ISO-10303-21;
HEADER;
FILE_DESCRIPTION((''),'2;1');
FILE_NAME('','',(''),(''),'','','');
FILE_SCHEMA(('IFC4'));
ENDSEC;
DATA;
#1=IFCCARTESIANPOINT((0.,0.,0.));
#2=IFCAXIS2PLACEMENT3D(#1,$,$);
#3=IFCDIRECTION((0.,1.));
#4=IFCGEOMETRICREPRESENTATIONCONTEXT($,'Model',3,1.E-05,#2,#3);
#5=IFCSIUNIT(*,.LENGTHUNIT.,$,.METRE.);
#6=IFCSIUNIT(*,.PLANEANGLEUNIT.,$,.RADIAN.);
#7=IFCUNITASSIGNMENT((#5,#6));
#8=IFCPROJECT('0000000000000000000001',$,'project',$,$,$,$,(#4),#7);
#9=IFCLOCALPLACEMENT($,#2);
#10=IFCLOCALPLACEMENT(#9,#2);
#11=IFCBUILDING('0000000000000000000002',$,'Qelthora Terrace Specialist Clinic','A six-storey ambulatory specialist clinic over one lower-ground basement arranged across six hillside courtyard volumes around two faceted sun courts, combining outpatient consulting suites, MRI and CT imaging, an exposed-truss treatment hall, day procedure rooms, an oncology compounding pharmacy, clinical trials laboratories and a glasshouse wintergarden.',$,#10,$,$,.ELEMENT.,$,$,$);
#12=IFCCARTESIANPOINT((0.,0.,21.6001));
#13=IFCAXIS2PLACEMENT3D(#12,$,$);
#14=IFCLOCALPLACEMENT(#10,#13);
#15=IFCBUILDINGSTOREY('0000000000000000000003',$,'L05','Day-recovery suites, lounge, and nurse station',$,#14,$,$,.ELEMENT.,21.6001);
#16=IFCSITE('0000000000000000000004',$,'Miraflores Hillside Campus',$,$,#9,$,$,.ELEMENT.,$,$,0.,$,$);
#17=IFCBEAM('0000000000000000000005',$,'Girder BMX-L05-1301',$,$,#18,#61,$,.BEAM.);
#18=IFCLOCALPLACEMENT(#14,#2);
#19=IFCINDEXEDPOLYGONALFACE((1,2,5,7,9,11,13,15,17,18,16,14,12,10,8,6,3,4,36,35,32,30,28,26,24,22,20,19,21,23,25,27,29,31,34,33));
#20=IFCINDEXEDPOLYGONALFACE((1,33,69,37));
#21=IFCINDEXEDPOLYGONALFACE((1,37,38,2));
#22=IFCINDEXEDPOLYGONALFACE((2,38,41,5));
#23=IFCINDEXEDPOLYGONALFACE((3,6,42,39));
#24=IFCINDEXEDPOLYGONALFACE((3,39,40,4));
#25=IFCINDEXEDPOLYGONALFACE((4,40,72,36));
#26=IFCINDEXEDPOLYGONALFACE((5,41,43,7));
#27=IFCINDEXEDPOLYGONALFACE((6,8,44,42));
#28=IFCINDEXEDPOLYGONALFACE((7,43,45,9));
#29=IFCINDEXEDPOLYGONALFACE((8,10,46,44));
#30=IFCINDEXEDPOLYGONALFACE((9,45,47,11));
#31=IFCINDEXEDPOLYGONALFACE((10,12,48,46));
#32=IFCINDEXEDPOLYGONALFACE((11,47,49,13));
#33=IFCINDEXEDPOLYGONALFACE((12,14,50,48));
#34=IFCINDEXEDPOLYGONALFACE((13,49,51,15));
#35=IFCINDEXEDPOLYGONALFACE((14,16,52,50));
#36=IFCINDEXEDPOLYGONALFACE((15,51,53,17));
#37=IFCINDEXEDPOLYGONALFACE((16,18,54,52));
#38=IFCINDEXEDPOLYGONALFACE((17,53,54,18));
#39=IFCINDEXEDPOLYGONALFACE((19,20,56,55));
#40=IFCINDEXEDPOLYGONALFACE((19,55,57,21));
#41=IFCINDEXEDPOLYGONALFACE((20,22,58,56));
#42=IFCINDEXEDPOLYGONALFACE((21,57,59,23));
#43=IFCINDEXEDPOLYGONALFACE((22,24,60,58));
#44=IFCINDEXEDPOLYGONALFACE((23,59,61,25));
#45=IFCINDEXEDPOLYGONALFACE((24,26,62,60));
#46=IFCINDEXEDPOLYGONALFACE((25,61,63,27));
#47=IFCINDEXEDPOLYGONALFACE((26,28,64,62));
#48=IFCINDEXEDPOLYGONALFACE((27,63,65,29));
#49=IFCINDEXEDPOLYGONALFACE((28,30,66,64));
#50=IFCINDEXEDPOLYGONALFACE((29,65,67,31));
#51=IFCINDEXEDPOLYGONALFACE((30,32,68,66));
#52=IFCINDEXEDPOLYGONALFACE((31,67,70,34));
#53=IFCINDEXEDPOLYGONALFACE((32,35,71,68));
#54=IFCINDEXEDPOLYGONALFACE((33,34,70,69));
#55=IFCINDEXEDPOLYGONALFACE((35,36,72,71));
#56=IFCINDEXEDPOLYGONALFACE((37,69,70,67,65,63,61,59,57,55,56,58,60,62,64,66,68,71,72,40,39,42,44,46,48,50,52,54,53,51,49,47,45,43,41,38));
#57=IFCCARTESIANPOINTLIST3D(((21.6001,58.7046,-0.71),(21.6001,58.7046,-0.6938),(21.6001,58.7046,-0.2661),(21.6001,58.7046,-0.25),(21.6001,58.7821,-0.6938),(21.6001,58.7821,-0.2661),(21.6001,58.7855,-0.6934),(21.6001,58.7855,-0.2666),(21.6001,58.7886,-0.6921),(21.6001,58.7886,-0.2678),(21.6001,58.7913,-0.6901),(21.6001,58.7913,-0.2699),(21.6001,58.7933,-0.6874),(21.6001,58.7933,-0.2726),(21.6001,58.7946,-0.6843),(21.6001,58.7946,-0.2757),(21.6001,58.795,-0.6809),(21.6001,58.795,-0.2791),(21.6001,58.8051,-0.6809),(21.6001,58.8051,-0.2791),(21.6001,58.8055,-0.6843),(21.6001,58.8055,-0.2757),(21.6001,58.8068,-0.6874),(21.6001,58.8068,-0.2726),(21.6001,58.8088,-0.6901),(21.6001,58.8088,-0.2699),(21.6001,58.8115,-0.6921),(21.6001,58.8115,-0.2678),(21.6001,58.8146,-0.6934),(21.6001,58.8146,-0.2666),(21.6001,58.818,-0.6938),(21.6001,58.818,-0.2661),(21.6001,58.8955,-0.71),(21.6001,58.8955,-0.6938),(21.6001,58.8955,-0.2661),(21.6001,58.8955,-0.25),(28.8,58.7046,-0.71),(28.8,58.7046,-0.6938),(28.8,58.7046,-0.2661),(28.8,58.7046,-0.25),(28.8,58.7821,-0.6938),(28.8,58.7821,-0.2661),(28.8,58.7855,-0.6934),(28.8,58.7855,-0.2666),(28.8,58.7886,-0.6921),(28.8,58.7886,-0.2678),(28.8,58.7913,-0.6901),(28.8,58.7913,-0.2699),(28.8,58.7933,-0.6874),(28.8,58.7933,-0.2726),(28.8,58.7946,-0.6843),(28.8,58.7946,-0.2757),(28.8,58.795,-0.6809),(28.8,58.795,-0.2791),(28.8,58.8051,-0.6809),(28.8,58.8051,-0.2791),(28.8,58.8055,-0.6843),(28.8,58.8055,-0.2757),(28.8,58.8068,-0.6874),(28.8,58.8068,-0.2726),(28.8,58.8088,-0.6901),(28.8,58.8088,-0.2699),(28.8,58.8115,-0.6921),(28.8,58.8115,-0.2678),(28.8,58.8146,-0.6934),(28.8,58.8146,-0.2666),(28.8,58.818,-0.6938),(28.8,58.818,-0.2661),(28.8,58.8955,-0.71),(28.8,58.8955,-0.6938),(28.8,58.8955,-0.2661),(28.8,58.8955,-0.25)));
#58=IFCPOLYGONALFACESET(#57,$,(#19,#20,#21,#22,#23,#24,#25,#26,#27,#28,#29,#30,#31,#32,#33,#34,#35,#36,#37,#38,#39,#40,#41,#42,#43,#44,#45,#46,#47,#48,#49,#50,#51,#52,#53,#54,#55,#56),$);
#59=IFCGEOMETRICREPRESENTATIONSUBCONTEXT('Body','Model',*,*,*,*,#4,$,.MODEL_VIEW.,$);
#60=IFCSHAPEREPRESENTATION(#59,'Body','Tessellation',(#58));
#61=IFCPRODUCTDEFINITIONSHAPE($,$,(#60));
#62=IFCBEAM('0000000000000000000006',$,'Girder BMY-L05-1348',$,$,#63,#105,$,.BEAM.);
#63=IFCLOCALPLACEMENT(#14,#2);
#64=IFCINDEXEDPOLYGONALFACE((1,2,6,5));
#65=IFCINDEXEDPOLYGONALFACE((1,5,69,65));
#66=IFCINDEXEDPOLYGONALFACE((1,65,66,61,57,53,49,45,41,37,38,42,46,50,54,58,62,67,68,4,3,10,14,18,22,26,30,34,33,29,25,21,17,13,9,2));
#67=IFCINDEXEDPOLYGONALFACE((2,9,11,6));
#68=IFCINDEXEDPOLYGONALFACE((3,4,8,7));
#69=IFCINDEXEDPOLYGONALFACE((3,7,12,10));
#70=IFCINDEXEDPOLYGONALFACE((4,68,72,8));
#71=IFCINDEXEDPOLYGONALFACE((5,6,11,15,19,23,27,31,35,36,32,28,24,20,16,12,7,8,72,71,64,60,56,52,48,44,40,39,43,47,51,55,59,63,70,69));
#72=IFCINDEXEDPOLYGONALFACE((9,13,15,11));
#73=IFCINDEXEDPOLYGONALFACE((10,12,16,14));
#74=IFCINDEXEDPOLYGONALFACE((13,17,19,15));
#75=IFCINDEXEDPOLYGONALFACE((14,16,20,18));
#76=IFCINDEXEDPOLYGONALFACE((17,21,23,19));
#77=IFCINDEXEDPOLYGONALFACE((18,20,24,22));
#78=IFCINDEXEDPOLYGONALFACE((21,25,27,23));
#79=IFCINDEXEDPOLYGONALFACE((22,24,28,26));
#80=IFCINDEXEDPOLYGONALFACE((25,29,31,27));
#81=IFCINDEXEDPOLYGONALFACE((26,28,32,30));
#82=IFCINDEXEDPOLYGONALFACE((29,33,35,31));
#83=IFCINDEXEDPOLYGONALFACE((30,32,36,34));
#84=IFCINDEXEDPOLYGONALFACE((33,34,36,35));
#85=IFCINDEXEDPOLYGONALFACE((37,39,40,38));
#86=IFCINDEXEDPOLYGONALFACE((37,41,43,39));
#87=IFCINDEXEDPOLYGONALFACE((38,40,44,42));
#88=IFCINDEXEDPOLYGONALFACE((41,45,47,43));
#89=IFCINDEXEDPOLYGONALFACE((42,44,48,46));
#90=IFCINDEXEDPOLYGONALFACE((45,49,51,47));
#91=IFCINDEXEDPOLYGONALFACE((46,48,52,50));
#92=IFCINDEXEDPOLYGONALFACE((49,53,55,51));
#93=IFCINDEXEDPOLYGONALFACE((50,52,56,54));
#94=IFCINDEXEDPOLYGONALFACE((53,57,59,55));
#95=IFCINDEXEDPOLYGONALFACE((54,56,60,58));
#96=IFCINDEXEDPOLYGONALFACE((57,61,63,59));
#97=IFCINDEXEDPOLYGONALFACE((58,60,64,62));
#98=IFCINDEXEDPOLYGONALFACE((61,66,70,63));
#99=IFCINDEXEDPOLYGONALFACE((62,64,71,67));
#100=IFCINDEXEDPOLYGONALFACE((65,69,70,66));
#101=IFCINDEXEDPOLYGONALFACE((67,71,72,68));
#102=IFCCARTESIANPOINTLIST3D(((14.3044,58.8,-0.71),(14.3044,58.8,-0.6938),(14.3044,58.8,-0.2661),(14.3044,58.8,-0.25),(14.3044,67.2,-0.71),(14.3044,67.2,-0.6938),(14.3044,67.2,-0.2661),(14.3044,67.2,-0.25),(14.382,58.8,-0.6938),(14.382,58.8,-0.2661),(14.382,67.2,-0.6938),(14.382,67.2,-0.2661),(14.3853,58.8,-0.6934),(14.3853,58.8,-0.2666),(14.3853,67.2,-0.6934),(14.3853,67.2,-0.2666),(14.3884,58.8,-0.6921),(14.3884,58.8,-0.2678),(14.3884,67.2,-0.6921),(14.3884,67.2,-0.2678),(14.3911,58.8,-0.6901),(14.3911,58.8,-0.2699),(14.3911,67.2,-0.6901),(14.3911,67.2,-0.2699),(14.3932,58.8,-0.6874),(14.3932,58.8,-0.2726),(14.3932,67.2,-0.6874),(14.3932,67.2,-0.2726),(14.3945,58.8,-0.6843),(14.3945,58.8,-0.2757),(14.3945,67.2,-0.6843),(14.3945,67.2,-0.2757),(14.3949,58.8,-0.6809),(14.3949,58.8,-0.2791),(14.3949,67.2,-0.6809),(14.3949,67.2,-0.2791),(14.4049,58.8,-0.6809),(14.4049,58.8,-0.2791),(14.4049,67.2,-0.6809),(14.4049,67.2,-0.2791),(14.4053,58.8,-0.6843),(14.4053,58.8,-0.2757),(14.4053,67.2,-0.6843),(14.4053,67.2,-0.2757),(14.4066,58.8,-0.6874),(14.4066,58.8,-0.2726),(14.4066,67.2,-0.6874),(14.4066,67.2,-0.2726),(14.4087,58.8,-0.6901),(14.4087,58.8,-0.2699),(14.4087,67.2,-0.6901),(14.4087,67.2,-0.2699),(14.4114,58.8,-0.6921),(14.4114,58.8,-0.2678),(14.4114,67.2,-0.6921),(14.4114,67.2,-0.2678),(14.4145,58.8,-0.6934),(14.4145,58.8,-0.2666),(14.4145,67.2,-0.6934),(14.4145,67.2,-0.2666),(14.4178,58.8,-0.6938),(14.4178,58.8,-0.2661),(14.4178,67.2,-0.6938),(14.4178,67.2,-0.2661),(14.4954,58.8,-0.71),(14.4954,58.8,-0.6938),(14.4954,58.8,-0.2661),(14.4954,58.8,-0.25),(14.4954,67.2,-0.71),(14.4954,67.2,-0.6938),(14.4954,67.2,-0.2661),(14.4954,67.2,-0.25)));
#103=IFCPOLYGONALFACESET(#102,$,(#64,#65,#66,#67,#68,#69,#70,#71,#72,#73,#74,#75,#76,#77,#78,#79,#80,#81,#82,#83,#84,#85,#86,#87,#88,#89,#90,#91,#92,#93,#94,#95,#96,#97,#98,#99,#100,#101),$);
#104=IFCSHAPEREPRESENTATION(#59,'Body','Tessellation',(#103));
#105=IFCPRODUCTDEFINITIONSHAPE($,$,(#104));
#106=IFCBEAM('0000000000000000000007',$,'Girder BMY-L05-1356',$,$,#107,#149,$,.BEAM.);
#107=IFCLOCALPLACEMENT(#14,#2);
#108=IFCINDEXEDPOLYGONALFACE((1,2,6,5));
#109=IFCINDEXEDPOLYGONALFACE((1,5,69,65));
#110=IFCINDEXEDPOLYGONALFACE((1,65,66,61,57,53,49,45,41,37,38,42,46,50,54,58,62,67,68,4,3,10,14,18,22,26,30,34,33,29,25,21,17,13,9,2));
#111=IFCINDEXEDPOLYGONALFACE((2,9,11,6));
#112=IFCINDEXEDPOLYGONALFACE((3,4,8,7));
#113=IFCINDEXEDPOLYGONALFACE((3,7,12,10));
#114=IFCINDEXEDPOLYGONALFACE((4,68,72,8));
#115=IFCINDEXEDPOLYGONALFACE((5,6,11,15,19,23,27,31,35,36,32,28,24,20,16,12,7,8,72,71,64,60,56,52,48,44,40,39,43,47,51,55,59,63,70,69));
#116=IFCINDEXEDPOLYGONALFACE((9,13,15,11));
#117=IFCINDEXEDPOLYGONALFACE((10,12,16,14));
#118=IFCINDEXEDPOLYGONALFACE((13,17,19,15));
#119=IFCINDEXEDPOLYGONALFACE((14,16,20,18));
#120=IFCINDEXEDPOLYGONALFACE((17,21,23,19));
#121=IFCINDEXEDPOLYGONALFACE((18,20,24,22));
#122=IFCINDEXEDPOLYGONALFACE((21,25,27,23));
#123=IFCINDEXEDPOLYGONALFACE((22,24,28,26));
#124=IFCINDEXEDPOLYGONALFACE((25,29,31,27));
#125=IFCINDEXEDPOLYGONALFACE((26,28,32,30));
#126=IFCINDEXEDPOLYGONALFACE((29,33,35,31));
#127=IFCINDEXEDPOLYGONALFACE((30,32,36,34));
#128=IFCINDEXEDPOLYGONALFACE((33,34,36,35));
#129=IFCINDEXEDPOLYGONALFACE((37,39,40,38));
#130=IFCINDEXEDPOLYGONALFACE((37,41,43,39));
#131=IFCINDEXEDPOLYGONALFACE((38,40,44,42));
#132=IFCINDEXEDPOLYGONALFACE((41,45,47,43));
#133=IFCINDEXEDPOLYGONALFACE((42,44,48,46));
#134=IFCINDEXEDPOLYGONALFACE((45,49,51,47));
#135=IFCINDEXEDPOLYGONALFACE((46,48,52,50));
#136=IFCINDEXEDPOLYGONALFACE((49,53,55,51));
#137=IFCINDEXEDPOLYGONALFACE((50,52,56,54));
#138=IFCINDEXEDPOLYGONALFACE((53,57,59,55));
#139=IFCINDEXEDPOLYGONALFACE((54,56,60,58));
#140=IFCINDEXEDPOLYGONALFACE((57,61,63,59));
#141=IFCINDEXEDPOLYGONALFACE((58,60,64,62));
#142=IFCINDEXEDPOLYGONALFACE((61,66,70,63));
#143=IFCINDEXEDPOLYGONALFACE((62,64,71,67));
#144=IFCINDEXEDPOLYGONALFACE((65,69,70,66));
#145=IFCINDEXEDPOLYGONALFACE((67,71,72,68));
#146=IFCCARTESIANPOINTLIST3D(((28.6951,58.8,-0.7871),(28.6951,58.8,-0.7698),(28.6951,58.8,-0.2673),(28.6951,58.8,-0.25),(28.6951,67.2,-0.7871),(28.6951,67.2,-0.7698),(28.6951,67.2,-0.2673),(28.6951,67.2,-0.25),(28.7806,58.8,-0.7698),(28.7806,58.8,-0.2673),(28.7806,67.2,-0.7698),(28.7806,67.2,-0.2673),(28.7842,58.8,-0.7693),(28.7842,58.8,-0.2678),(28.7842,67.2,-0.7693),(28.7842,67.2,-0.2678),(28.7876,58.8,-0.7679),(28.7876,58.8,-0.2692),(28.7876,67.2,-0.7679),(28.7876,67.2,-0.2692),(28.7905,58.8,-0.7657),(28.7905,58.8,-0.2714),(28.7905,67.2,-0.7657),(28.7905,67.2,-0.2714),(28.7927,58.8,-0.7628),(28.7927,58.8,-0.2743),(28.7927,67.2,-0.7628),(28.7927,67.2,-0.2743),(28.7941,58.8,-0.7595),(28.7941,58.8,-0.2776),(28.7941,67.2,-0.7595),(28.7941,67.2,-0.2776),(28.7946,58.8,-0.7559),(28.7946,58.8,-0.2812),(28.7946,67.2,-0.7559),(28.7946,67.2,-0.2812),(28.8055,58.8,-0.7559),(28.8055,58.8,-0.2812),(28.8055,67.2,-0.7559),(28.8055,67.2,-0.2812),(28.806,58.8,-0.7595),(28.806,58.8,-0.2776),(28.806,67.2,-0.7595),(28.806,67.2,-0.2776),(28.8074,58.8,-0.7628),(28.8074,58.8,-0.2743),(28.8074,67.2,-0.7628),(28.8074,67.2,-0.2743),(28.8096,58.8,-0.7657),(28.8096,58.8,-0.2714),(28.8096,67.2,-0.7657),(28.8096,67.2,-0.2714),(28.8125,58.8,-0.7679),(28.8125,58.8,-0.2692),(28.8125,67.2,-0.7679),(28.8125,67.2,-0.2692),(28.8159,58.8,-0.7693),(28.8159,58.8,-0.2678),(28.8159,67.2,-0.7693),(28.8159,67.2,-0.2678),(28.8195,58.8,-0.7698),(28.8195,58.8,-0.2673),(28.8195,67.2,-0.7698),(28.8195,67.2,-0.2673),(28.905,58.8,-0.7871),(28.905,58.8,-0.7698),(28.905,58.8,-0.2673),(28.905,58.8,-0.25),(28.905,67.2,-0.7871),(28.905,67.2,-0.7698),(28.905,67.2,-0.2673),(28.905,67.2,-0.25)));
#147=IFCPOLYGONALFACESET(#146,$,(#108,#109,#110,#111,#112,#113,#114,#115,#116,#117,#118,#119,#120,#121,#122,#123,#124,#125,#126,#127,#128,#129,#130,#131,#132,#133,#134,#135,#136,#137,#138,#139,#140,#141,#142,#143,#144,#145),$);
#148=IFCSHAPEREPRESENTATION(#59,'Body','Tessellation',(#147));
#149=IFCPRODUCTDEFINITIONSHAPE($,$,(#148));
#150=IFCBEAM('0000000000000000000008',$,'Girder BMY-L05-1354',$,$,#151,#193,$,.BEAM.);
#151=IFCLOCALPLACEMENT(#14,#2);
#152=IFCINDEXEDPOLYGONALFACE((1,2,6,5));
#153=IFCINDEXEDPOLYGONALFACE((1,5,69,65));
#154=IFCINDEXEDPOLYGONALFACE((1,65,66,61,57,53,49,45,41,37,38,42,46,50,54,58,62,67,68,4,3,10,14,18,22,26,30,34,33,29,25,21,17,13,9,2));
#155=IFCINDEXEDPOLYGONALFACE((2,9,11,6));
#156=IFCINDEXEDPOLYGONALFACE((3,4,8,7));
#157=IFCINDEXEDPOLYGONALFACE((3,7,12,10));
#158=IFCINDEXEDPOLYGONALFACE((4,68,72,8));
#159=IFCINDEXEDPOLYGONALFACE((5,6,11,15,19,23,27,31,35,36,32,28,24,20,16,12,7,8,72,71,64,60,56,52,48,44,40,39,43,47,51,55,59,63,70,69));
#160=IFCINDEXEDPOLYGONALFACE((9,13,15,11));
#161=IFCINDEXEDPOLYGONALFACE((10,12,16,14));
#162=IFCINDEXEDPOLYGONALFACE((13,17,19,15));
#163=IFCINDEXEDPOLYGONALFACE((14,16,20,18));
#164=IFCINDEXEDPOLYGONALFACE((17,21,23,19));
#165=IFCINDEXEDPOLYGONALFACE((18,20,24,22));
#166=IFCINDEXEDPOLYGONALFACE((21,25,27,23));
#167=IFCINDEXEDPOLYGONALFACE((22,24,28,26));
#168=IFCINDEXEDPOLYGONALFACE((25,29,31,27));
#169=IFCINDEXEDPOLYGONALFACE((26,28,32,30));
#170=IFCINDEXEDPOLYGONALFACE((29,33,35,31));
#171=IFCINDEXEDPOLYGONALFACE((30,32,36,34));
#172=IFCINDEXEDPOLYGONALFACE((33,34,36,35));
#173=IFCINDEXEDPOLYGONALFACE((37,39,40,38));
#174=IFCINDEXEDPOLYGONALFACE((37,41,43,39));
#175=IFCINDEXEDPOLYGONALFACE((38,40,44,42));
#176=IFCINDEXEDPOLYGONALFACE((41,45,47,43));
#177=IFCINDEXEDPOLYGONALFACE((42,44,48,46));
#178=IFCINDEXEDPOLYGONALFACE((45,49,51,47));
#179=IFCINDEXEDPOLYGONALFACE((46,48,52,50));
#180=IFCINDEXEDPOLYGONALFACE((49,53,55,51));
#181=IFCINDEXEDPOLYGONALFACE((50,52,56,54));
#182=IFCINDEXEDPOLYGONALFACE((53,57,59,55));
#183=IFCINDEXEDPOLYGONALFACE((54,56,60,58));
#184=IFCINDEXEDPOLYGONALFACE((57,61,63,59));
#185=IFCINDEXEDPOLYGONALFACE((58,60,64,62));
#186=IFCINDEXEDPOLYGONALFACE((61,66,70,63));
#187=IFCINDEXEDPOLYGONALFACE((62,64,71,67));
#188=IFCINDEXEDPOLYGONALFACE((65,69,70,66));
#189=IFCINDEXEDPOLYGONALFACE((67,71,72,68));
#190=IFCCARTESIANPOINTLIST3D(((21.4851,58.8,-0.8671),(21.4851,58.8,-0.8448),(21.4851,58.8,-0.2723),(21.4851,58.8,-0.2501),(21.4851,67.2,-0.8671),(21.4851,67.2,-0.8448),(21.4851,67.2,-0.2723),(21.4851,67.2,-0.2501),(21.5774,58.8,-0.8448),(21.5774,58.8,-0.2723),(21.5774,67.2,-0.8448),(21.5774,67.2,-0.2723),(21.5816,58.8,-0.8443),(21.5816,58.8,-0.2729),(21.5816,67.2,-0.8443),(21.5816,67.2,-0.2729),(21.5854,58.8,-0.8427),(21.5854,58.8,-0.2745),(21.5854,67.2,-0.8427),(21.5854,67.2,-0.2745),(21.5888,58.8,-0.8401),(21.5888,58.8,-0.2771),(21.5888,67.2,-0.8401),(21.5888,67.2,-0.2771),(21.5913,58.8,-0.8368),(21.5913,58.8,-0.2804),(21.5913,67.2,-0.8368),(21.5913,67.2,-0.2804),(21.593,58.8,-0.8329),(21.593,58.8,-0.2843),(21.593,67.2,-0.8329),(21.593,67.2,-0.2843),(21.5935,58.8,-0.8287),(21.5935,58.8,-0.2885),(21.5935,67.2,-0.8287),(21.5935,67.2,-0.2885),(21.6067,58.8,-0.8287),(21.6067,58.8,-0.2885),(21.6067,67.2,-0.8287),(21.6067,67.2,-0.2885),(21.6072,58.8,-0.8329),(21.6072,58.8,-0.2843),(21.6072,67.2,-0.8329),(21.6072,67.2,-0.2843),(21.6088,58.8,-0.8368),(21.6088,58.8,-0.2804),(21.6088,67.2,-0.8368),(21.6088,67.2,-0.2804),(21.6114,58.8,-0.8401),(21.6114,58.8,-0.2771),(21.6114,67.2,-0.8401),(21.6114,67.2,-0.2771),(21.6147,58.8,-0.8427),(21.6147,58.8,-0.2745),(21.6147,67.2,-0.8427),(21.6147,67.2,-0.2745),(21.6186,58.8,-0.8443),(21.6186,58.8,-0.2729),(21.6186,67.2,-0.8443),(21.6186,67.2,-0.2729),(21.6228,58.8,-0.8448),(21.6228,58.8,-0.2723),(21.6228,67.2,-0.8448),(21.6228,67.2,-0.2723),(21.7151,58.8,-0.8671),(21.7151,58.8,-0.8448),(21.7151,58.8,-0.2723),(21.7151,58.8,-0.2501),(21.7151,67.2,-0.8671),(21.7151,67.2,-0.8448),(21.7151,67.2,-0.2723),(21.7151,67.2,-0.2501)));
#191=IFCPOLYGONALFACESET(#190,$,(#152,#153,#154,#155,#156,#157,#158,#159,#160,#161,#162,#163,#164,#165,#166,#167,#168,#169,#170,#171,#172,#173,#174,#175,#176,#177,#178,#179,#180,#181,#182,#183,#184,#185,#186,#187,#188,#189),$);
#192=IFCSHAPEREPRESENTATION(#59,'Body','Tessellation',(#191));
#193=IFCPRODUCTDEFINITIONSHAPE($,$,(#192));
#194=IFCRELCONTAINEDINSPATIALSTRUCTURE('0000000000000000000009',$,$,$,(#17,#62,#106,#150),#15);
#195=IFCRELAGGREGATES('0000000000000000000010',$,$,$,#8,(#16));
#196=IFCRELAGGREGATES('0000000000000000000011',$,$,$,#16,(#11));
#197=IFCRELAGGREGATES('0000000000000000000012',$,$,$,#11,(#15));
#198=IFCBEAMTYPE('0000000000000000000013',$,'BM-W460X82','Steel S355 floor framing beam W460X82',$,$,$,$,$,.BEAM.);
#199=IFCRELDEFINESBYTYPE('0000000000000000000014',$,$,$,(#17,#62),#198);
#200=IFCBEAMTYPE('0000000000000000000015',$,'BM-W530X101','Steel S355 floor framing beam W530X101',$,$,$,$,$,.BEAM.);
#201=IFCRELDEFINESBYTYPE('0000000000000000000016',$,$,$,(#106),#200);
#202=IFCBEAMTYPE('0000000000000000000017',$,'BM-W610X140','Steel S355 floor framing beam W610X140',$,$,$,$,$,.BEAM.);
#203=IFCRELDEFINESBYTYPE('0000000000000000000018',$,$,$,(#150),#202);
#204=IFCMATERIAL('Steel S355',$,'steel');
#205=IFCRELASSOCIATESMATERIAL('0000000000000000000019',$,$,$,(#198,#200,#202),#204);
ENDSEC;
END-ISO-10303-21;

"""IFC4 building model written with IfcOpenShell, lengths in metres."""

from ifc_helpers import new_model, si_unit, direction, frame, origin, origin_2d, place, context, subcontext, project, spatial, i_section, extrude, material, material_profile, profile_set, type_object, element, save


model = new_model("IFC4")

# Units and contexts
model_context = context("Model", 3, precision=1e-05, world=origin(), true_north=direction((0.0, 1.0)))
body_context = subcontext(model_context, "Body", "Model", "MODEL_VIEW")
ifc_project = project(units=[si_unit("LENGTHUNIT", "METRE"), si_unit("PLANEANGLEUNIT", "RADIAN")], contexts=[model_context])

# Site, building, storey
site_placement = place(None, origin())
site = spatial("IfcSite", under=ifc_project, at=site_placement, Name="Miraflores Hillside Campus", CompositionType="ELEMENT", RefElevation=0.0)
building_placement = place(site_placement, origin())
building = spatial("IfcBuilding", under=site, at=building_placement, Name="Qelthora Terrace Specialist Clinic", Description="A six-storey ambulatory specialist clinic over one lower-ground basement arranged across six hillside courtyard volumes around two faceted sun courts, combining outpatient consulting suites, MRI and CT imaging, an exposed-truss treatment hall, day procedure rooms, an oncology compounding pharmacy, clinical trials laboratories and a glasshouse wintergarden.", CompositionType="ELEMENT")
storey_placement = place(building_placement, frame((0.0, 0.0, 21.6001)))
storey = spatial("IfcBuildingStorey", under=building, at=storey_placement, Name="L05", Description="Day-recovery suites, lounge, and nurse station", CompositionType="ELEMENT", Elevation=21.6001)

# Shared definitions
ifc_material_1 = material(Name="Steel S355", Category="steel")

# Beams
ifc_material_profile_1 = material_profile(ifc_material_1, i_section(OverallWidth=0.1909, OverallDepth=0.46, WebThickness=0.01, FlangeThickness=0.0161, FilletRadius=0.0129, at=origin_2d()), Name="W460X82")
ifc_profile_set_1 = profile_set([ifc_material_profile_1], Name="Steel S355")
beam_type_1 = type_object("IfcBeamType", Name="BM-W460X82", Description="Steel S355 floor framing beam W460X82", PredefinedType="BEAM", material=ifc_profile_set_1)
beam_1_placement = place(storey_placement, frame((21.6001, 58.8, -0.48), z_axis=(1.0, 0.0, 0.0), x_axis=(0.0, 1.0, 0.0)))
element("IfcBeam", 1, at=beam_1_placement, inside=storey, type_object=beam_type_1, Name="Girder BMX-L05-1301", PredefinedType="BEAM", context=body_context, shape_type="SweptSolid", body=[
    extrude(i_section(OverallWidth=0.1909, OverallDepth=0.46, WebThickness=0.01, FlangeThickness=0.0161, FilletRadius=0.0129, at=origin_2d()), origin(), (0.0, 0.0, 1.0), 7.2),
])
beam_2_placement = place(storey_placement, frame((14.3999, 58.8, -0.48), z_axis=(0.0, 1.0, 0.0), x_axis=(-1.0, 0.0, 0.0)))
element("IfcBeam", 2, at=beam_2_placement, inside=storey, type_object=beam_type_1, Name="Girder BMY-L05-1348", PredefinedType="BEAM", context=body_context, shape_type="SweptSolid", body=[
    extrude(i_section(OverallWidth=0.1909, OverallDepth=0.46, WebThickness=0.01, FlangeThickness=0.0161, FilletRadius=0.0129, at=origin_2d()), origin(), (0.0, 0.0, 1.0), 8.3999),
])
ifc_material_profile_2 = material_profile(ifc_material_1, i_section(OverallWidth=0.21, OverallDepth=0.5371, WebThickness=0.011, FlangeThickness=0.0173, FilletRadius=0.0139, at=origin_2d()), Name="W530X101")
ifc_profile_set_2 = profile_set([ifc_material_profile_2], Name="Steel S355")
beam_type_2 = type_object("IfcBeamType", Name="BM-W530X101", Description="Steel S355 floor framing beam W530X101", PredefinedType="BEAM", material=ifc_profile_set_2)
beam_3_placement = place(storey_placement, frame((28.8, 58.8, -0.5186), z_axis=(0.0, 1.0, 0.0), x_axis=(-1.0, 0.0, 0.0)))
element("IfcBeam", 3, at=beam_3_placement, inside=storey, type_object=beam_type_2, Name="Girder BMY-L05-1356", PredefinedType="BEAM", context=body_context, shape_type="SweptSolid", body=[
    extrude(i_section(OverallWidth=0.21, OverallDepth=0.5371, WebThickness=0.011, FlangeThickness=0.0173, FilletRadius=0.0139, at=origin_2d()), origin(), (0.0, 0.0, 1.0), 8.3999),
])
ifc_material_profile_3 = material_profile(ifc_material_1, i_section(OverallWidth=0.23, OverallDepth=0.6169, WebThickness=0.0132, FlangeThickness=0.0222, FilletRadius=0.0161, at=origin_2d()), Name="W610X140")
ifc_profile_set_3 = profile_set([ifc_material_profile_3], Name="Steel S355")
beam_type_3 = type_object("IfcBeamType", Name="BM-W610X140", Description="Steel S355 floor framing beam W610X140", PredefinedType="BEAM", material=ifc_profile_set_3)
beam_4_placement = place(storey_placement, frame((21.6001, 58.8, -0.5586), z_axis=(0.0, 1.0, 0.0), x_axis=(-1.0, 0.0, 0.0)))
element("IfcBeam", 4, at=beam_4_placement, inside=storey, type_object=beam_type_3, Name="Girder BMY-L05-1354", PredefinedType="BEAM", context=body_context, shape_type="SweptSolid", body=[
    extrude(i_section(OverallWidth=0.23, OverallDepth=0.6169, WebThickness=0.0132, FlangeThickness=0.0222, FilletRadius=0.0161, at=origin_2d()), origin(), (0.0, 0.0, 1.0), 8.3999),
])

save(model, "model.ifc")
